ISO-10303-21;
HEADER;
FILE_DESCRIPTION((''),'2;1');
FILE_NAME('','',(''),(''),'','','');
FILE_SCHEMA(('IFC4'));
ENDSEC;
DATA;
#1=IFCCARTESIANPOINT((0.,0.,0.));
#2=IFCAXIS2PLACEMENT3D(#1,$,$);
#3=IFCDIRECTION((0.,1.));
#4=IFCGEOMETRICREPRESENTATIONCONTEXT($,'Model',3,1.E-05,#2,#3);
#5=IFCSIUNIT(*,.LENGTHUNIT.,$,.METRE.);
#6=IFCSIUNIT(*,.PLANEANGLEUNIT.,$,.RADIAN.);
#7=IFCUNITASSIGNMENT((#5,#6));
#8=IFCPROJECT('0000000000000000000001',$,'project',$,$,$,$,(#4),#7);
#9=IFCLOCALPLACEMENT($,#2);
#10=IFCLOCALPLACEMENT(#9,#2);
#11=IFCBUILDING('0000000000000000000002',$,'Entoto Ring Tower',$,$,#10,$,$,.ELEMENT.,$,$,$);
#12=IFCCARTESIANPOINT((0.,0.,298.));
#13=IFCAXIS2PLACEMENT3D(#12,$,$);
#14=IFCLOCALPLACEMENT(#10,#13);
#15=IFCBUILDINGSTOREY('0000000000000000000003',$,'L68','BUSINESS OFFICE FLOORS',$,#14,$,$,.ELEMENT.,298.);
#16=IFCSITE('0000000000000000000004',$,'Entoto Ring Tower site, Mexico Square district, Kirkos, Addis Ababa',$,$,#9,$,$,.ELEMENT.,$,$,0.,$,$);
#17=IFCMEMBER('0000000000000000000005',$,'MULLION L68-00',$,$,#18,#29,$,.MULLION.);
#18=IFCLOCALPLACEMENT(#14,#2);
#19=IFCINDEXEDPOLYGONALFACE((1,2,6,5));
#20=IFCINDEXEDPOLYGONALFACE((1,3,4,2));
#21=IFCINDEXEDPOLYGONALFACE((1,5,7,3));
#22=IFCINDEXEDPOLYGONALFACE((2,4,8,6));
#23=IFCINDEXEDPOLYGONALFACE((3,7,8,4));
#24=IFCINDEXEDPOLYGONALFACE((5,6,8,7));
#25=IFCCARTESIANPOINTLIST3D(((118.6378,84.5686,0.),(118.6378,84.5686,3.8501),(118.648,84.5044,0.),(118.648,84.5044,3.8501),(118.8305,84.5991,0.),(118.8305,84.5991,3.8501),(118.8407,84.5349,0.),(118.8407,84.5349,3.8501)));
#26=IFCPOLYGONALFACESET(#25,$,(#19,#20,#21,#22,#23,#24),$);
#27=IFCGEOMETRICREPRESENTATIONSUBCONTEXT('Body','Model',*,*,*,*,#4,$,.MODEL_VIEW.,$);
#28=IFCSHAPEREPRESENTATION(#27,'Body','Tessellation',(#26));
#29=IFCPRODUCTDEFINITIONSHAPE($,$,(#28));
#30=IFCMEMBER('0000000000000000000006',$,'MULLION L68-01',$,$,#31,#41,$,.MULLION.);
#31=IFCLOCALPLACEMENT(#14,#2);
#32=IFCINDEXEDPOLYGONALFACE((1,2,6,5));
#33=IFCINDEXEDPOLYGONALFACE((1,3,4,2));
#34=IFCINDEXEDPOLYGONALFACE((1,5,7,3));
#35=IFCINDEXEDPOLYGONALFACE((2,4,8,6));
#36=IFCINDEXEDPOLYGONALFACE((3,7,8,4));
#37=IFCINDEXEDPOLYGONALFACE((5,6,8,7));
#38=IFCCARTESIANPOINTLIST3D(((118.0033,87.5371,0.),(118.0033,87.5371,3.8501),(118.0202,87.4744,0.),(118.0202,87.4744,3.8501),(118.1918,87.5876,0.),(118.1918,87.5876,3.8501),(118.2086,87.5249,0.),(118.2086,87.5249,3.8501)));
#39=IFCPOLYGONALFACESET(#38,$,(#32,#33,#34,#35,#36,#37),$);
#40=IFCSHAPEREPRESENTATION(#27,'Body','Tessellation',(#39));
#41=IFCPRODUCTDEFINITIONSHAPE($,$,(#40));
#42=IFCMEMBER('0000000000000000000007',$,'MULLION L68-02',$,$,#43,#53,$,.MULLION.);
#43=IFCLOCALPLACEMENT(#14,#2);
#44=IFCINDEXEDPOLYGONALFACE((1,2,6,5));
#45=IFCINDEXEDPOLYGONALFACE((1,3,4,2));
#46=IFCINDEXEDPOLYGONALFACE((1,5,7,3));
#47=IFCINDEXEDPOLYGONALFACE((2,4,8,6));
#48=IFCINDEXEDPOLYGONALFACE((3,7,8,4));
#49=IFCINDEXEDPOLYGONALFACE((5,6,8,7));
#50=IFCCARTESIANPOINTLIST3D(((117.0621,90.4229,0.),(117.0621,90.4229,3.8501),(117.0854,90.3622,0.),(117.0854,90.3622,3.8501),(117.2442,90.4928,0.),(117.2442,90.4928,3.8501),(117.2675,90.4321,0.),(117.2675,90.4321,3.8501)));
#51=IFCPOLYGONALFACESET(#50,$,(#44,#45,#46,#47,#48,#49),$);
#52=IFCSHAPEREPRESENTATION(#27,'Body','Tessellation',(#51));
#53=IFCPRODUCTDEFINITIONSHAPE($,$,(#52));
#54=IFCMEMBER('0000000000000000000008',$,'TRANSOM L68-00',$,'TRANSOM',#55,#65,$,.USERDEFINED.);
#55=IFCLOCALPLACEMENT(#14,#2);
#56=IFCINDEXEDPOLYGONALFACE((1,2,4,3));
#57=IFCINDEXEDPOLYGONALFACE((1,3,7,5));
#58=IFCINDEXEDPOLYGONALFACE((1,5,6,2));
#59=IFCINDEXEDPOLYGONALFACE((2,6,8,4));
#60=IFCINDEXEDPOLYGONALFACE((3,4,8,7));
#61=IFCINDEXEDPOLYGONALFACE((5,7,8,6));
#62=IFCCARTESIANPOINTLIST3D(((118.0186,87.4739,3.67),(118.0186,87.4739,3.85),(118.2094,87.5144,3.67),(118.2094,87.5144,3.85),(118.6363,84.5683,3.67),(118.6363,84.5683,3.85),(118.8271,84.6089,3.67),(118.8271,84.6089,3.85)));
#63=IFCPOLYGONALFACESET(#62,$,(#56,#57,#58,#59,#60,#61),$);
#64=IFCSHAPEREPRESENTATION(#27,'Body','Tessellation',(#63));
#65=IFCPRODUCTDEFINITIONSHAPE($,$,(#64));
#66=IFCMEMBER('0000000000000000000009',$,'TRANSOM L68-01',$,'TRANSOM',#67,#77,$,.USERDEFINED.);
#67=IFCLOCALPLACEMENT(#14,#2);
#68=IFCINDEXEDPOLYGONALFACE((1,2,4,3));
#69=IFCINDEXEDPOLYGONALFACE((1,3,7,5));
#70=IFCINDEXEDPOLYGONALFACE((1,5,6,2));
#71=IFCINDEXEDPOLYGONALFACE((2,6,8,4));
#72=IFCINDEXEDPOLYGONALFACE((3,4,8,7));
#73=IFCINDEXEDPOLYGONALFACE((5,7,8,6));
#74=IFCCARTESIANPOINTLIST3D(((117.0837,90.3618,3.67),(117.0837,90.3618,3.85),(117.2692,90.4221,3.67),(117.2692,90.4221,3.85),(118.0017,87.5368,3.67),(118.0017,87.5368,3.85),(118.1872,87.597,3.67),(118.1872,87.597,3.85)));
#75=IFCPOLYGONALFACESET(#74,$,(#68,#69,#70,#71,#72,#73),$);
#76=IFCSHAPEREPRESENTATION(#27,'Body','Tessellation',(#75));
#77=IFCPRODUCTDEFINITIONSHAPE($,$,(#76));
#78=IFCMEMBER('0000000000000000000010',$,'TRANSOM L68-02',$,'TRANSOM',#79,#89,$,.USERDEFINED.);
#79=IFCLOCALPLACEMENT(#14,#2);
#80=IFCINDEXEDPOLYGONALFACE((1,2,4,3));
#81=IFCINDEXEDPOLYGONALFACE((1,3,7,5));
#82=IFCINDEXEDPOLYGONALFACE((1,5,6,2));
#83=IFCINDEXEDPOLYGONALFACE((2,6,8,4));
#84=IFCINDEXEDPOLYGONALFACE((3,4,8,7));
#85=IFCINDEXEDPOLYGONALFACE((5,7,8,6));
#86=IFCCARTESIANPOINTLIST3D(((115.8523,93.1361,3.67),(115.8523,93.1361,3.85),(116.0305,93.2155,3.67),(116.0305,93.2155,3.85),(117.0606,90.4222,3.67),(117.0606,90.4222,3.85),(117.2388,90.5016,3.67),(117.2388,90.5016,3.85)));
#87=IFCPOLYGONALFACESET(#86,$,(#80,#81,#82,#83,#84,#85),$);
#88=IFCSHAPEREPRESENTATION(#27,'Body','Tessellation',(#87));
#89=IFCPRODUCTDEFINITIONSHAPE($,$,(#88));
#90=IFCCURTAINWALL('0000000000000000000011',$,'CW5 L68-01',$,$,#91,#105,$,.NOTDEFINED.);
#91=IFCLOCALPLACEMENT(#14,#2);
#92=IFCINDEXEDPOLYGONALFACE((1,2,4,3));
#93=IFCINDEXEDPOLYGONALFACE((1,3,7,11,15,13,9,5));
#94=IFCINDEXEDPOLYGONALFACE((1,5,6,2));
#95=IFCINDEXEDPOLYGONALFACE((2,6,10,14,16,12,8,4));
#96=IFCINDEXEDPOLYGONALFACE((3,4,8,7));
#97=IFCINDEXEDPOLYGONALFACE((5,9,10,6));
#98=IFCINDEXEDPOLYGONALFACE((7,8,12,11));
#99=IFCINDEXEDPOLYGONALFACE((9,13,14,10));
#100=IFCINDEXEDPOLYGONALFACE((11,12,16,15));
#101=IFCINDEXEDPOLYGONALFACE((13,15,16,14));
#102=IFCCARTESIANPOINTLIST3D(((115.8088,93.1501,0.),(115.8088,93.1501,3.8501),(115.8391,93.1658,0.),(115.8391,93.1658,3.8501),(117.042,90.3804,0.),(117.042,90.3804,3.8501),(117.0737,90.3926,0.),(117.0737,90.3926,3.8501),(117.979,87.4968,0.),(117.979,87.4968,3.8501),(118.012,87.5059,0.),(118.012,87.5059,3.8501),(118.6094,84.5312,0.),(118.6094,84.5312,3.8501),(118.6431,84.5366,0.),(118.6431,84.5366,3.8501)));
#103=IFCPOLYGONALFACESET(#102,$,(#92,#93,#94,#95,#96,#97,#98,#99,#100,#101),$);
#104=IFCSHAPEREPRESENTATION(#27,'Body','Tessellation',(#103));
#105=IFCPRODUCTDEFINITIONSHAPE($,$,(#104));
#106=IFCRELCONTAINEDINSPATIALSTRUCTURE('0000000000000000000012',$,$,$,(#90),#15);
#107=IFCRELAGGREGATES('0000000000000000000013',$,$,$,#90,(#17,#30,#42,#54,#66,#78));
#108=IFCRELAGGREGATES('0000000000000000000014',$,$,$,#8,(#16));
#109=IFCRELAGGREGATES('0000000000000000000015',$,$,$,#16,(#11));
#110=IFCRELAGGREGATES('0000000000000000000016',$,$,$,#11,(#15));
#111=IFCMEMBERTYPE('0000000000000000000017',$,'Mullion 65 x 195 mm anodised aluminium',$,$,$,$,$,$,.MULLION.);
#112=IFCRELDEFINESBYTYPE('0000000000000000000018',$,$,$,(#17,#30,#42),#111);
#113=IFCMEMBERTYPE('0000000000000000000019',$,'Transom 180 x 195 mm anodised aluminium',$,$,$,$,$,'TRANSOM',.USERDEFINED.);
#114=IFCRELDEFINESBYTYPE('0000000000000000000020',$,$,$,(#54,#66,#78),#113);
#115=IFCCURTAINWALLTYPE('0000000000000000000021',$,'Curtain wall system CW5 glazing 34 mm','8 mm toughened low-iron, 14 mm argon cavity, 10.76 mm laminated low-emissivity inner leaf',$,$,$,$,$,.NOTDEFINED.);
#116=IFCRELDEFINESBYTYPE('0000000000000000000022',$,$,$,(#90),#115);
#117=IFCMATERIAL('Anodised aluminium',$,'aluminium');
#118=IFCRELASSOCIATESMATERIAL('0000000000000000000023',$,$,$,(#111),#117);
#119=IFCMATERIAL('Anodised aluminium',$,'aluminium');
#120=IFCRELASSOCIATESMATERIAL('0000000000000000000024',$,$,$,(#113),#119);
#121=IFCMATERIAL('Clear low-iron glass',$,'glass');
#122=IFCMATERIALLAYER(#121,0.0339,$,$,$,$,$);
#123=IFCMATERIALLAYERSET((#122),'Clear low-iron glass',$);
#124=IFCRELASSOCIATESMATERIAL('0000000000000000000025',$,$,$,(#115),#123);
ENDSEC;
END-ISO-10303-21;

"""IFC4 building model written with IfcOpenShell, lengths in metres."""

from ifc_helpers import new_model, si_unit, direction, frame, origin, origin_2d, place, context, subcontext, project, spatial, polyline, rectangle, outline, extrude, material, layer, layer_set, material_profile, profile_set, type_object, element, aggregate, save


model = new_model("IFC4")

# Units and contexts
model_context = context("Model", 3, precision=1e-05, world=origin(), true_north=direction((0.0, 1.0)))
body_context = subcontext(model_context, "Body", "Model", "MODEL_VIEW")
ifc_project = project(units=[si_unit("LENGTHUNIT", "METRE"), si_unit("PLANEANGLEUNIT", "RADIAN")], contexts=[model_context])

# Members
ifc_material_1 = material(Name="Anodised aluminium", Category="aluminium")
ifc_material_profile_1 = material_profile(ifc_material_1, rectangle(XDim=0.0649, YDim=0.1951, at=origin_2d()), Name="Mullion 65 x 195 mm anodised aluminium")
ifc_profile_set_1 = profile_set([ifc_material_profile_1], Name="Anodised aluminium")
member_type_1 = type_object("IfcMemberType", Name="Mullion 65 x 195 mm anodised aluminium", PredefinedType="MULLION", material=ifc_profile_set_1)
site_placement = place(None, origin())
building_placement = place(site_placement, origin())
storey_placement = place(building_placement, frame((0.0, 0.0, 298.0)))
member_1_placement = place(storey_placement, frame((118.7393, 84.5518, 0.0), z_axis=(0.0, 0.0, 1.0), x_axis=(-0.156434, 0.987688, 0.0)))
member_1 = element("IfcMember", 1, at=member_1_placement, type_object=member_type_1, Name="MULLION L68-00", PredefinedType="MULLION", context=body_context, shape_type="SweptSolid", body=[
    extrude(rectangle(XDim=0.0649, YDim=0.1951, at=origin_2d()), origin(), (0.0, 0.0, 1.0), 3.8501),
])
member_2_placement = place(storey_placement, frame((118.106, 87.531, 0.0), z_axis=(0.0, 0.0, 1.0), x_axis=(-0.258819, 0.965926, 0.0)))
member_2 = element("IfcMember", 2, at=member_2_placement, type_object=member_type_1, Name="MULLION L68-01", PredefinedType="MULLION", context=body_context, shape_type="SweptSolid", body=[
    extrude(rectangle(XDim=0.0649, YDim=0.1951, at=origin_2d()), origin(), (0.0, 0.0, 1.0), 3.8501),
])
member_3_placement = place(storey_placement, frame((117.1648, 90.4275, 0.0), z_axis=(0.0, 0.0, 1.0), x_axis=(-0.358368, 0.93358, 0.0)))
member_3 = element("IfcMember", 3, at=member_3_placement, type_object=member_type_1, Name="MULLION L68-02", PredefinedType="MULLION", context=body_context, shape_type="SweptSolid", body=[
    extrude(rectangle(XDim=0.0649, YDim=0.1951, at=origin_2d()), origin(), (0.0, 0.0, 1.0), 3.8501),
])
ifc_material_2 = material(Name="Anodised aluminium", Category="aluminium")
ifc_material_profile_2 = material_profile(ifc_material_2, rectangle(XDim=0.1951, YDim=0.1799, at=origin_2d()), Name="Transom 180 x 195 mm anodised aluminium")
ifc_profile_set_2 = profile_set([ifc_material_profile_2], Name="Anodised aluminium")
member_type_2 = type_object("IfcMemberType", Name="Transom 180 x 195 mm anodised aluminium", ElementType="TRANSOM", PredefinedType="USERDEFINED", material=ifc_profile_set_2)
member_4_placement = place(storey_placement, frame((118.7317, 84.5886, 3.76), z_axis=(-0.20794, 0.978142, 0.0), x_axis=(-0.978142, -0.20794, 0.0)))
member_4 = element("IfcMember", 4, at=member_4_placement, type_object=member_type_2, Name="TRANSOM L68-00", ObjectType="TRANSOM", PredefinedType="USERDEFINED", context=body_context, shape_type="SweptSolid", body=[
    extrude(rectangle(XDim=0.1951, YDim=0.1799, at=origin_2d()), origin(), (0.0, 0.0, 1.0), 2.9705),
])
member_5_placement = place(storey_placement, frame((118.0945, 87.5669, 3.76), z_axis=(-0.309043, 0.951048, 0.0), x_axis=(-0.951048, -0.309043, 0.0)))
member_5 = element("IfcMember", 5, at=member_5_placement, type_object=member_type_2, Name="TRANSOM L68-01", ObjectType="TRANSOM", PredefinedType="USERDEFINED", context=body_context, shape_type="SweptSolid", body=[
    extrude(rectangle(XDim=0.1951, YDim=0.1799, at=origin_2d()), origin(), (0.0, 0.0, 1.0), 2.9705),
])
member_6_placement = place(storey_placement, frame((117.1497, 90.4619, 3.76), z_axis=(-0.406726, 0.91355, 0.0), x_axis=(-0.91355, -0.406726, 0.0)))
member_6 = element("IfcMember", 6, at=member_6_placement, type_object=member_type_2, Name="TRANSOM L68-02", ObjectType="TRANSOM", PredefinedType="USERDEFINED", context=body_context, shape_type="SweptSolid", body=[
    extrude(rectangle(XDim=0.1951, YDim=0.1799, at=origin_2d()), origin(), (0.0, 0.0, 1.0), 2.9707),
])

# Site, building, storey
site = spatial("IfcSite", under=ifc_project, at=site_placement, Name="Entoto Ring Tower site, Mexico Square district, Kirkos, Addis Ababa", CompositionType="ELEMENT", RefElevation=0.0)
building = spatial("IfcBuilding", under=site, at=building_placement, Name="Entoto Ring Tower", CompositionType="ELEMENT")
storey = spatial("IfcBuildingStorey", under=building, at=storey_placement, Name="L68", Description="BUSINESS OFFICE FLOORS", CompositionType="ELEMENT", Elevation=298.0)

# Curtain wall
ifc_material_3 = material(Name="Clear low-iron glass", Category="glass")
ifc_layer_1 = layer(ifc_material_3, 0.0339)
ifc_layer_set_1 = layer_set([ifc_layer_1], Name="Clear low-iron glass")
curtain_wall_type = type_object("IfcCurtainWallType", Name="Curtain wall system CW5 glazing 34 mm", Description="8 mm toughened low-iron, 14 mm argon cavity, 10.76 mm laminated low-emissivity inner leaf", PredefinedType="NOTDEFINED", material=ifc_layer_set_1)
curtain_wall_1_placement = place(storey_placement, origin())
curtain_wall_1 = element("IfcCurtainWall", 7, at=curtain_wall_1_placement, inside=storey, type_object=curtain_wall_type, Name="CW5 L68-01", PredefinedType="NOTDEFINED", context=body_context, shape_type="SweptSolid", body=[
    extrude(outline(polyline([(118.6431, 84.5366), (118.012, 87.5059), (117.0737, 90.3926), (115.8391, 93.1658), (115.8088, 93.1501), (117.042, 90.3804), (117.979, 87.4968), (118.6094, 84.5312), (118.6431, 84.5366)])), origin(), (0.0, 0.0, 1.0), 3.8501),
])
aggregate(curtain_wall_1, [member_1, member_2, member_3, member_4, member_5, member_6])

save(model, "model.ifc")
